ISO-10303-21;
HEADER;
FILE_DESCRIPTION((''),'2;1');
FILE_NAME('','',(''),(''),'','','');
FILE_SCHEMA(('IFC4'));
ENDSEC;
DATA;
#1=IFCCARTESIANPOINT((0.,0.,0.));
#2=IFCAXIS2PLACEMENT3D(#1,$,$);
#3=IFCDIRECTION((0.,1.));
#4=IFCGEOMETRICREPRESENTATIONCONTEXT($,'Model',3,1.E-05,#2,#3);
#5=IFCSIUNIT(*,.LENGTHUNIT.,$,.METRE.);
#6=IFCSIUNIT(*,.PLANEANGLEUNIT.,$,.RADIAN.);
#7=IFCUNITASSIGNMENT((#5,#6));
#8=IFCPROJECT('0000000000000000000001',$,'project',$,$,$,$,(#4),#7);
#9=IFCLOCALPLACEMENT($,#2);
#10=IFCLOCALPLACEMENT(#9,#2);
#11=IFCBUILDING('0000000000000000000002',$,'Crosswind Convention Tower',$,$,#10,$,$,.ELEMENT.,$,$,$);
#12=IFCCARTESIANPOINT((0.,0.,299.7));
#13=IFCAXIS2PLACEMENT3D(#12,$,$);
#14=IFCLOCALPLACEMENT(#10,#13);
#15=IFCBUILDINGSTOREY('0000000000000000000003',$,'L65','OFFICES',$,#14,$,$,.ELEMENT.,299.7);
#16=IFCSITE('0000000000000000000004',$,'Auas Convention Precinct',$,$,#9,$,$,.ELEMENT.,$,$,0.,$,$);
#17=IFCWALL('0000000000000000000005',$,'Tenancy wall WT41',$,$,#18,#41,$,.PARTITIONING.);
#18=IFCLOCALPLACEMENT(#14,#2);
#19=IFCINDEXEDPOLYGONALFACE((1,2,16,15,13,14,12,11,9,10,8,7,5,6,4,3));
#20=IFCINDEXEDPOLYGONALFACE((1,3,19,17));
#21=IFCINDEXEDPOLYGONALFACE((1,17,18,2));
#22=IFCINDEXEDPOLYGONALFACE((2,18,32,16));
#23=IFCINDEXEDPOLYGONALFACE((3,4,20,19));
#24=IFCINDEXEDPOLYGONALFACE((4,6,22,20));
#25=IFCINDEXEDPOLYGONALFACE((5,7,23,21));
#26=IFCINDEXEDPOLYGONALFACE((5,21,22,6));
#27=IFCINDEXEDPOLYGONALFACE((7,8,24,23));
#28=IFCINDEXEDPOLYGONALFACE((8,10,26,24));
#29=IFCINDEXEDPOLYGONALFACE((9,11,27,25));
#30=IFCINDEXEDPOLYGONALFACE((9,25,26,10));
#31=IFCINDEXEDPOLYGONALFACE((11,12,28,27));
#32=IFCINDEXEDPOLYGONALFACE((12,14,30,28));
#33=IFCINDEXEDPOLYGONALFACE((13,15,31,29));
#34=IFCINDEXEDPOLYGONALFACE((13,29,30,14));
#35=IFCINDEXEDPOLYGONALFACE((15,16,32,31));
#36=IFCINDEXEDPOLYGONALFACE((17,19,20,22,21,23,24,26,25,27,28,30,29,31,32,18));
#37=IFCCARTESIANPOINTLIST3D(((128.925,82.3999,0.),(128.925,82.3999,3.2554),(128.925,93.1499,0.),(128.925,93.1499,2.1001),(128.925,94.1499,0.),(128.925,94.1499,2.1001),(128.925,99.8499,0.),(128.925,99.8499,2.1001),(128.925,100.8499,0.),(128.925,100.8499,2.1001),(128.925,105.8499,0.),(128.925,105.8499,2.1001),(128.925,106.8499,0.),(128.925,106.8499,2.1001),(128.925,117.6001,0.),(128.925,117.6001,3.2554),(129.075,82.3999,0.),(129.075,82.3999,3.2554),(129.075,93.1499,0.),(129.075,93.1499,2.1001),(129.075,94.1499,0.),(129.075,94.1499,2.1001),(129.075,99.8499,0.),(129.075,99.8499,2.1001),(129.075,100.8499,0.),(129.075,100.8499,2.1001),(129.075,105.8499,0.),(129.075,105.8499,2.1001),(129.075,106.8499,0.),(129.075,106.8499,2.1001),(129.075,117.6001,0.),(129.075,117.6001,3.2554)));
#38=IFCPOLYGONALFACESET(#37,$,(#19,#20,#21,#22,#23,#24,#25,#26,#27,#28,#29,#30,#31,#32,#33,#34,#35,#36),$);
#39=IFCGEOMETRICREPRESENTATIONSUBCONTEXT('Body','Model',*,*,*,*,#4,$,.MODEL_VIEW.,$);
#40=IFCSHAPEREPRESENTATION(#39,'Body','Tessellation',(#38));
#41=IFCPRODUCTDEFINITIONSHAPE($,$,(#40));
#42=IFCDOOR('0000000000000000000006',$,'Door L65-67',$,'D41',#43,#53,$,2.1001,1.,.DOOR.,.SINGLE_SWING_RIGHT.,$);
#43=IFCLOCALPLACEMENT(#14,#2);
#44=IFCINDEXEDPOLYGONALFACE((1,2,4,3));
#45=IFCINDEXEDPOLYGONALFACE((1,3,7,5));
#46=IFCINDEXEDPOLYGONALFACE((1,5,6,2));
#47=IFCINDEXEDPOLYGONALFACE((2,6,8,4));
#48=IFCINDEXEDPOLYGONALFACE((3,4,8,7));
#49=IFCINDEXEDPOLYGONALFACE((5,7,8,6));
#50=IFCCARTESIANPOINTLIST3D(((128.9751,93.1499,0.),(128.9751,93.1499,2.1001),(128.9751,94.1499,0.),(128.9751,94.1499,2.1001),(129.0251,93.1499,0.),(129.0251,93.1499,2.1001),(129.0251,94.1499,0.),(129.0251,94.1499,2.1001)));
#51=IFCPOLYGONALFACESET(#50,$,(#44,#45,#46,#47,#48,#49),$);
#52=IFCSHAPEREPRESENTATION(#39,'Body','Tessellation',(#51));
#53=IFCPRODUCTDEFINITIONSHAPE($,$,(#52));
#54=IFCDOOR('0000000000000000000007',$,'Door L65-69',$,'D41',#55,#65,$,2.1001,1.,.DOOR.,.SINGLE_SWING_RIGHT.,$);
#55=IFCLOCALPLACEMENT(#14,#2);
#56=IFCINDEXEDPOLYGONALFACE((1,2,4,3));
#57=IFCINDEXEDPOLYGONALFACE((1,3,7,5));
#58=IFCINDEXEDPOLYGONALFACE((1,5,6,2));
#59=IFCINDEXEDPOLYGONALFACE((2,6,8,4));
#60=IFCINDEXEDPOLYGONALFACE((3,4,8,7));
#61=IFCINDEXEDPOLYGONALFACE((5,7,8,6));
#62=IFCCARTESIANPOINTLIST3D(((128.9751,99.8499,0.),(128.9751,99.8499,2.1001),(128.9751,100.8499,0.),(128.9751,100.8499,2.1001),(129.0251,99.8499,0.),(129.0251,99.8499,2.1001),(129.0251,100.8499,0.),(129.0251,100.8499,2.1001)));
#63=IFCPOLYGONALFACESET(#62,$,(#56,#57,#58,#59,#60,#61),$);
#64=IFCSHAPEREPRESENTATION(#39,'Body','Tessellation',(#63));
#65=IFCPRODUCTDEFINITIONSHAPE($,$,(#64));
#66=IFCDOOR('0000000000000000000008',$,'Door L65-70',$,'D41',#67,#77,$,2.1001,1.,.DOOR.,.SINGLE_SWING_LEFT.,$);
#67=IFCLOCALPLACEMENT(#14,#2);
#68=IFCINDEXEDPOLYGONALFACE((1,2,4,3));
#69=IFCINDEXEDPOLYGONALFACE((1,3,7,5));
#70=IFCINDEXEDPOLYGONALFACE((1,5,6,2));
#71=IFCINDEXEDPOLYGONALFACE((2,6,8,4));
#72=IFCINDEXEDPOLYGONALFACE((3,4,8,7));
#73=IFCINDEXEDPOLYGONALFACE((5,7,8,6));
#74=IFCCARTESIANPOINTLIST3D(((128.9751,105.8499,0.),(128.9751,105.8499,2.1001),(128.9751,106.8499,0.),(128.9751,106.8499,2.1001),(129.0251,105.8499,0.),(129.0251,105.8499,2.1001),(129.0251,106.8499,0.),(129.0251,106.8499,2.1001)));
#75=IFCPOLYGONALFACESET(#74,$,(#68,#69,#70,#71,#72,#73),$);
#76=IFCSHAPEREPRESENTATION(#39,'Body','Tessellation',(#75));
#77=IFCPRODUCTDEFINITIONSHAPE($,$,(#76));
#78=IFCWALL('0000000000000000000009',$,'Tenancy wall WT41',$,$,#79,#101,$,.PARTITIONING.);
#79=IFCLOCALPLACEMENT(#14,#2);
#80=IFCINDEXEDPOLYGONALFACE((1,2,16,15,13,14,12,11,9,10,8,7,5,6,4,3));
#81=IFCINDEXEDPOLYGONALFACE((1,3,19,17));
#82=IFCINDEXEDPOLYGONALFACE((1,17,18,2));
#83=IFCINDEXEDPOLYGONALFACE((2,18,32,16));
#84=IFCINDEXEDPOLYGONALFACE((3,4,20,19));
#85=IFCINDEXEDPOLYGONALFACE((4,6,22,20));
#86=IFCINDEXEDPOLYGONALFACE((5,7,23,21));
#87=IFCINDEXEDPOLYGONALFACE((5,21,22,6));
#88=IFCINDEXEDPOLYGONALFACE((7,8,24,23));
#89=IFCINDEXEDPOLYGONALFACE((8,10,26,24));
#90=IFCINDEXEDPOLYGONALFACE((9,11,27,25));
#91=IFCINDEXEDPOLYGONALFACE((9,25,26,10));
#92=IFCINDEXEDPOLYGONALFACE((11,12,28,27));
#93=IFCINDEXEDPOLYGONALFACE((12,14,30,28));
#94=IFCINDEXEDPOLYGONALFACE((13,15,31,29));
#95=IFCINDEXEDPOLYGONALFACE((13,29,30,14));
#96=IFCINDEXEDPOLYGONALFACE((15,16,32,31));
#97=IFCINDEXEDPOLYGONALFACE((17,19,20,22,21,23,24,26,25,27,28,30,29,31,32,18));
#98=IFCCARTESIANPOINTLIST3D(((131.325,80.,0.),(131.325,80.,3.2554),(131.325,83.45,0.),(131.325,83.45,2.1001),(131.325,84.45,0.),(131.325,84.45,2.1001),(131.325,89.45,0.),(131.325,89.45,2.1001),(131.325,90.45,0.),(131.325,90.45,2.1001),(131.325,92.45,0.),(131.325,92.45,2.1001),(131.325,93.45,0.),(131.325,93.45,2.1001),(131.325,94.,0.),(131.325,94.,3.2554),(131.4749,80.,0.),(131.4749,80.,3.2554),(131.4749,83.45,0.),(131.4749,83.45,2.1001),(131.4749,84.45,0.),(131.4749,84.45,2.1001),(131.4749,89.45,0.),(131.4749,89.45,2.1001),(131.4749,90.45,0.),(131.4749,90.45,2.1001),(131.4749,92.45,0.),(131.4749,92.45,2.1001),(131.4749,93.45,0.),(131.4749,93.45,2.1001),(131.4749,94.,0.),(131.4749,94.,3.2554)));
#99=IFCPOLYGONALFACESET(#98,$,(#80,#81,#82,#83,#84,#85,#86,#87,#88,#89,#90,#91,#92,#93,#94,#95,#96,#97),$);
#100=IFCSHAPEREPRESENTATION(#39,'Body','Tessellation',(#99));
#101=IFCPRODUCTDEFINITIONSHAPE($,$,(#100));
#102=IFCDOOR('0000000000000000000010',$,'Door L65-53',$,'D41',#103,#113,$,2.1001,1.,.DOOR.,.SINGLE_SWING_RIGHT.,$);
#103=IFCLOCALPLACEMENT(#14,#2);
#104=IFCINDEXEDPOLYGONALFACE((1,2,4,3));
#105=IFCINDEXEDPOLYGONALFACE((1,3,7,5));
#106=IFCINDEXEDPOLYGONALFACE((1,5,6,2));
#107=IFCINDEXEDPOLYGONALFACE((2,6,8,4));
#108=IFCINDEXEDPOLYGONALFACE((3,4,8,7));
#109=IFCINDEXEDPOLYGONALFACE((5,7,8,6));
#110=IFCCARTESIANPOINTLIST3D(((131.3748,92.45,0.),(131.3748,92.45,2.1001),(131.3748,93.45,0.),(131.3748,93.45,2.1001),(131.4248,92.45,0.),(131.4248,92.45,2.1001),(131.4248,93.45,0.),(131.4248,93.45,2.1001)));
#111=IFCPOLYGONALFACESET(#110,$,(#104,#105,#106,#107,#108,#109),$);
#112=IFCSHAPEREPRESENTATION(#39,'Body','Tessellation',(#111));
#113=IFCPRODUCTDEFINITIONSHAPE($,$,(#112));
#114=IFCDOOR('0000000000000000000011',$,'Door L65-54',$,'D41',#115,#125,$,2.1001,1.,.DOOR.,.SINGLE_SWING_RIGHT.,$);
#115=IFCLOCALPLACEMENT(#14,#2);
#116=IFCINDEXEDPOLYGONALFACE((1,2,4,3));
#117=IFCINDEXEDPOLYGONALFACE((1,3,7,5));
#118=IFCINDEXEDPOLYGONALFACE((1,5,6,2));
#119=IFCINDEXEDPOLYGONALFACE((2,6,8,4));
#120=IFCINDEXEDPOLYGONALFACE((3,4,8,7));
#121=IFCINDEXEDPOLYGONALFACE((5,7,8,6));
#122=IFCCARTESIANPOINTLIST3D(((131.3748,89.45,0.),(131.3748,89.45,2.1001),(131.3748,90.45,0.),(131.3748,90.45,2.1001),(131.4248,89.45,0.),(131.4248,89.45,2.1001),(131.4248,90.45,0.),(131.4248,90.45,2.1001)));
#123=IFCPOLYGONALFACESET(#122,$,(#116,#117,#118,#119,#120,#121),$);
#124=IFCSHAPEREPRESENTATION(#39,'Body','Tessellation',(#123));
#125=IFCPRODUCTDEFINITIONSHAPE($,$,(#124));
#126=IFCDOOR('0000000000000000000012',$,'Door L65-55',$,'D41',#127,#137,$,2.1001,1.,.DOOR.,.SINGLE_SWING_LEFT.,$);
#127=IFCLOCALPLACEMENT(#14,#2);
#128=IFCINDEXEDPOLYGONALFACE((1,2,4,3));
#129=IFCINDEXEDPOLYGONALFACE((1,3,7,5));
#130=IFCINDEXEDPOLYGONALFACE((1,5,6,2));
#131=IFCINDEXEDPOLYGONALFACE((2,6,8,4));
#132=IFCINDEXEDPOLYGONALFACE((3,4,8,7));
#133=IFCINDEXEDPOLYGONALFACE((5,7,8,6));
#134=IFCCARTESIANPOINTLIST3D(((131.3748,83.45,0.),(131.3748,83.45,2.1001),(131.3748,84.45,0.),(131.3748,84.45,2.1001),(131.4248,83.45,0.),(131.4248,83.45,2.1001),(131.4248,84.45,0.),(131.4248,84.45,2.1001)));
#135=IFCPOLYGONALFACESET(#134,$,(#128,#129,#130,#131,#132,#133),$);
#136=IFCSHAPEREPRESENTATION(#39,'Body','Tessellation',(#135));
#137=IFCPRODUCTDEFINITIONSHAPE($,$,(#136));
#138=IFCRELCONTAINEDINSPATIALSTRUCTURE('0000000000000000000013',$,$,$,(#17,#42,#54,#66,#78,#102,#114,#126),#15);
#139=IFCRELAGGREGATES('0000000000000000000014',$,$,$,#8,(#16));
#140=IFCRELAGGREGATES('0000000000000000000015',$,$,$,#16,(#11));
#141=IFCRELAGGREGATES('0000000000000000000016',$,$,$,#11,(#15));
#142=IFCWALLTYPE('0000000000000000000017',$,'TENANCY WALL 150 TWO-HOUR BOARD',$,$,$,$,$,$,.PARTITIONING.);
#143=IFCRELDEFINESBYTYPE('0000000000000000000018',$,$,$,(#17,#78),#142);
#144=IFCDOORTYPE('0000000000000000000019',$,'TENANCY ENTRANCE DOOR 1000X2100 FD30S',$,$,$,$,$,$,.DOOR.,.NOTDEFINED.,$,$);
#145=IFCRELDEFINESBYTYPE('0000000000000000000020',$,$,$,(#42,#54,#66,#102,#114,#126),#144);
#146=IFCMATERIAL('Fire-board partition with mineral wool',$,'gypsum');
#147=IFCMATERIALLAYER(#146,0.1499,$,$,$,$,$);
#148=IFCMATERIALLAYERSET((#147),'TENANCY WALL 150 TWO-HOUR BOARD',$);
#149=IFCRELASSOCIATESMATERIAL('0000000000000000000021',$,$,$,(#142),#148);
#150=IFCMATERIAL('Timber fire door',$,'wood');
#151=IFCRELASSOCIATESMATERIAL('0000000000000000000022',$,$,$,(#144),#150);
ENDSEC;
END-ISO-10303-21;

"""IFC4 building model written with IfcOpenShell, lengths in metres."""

from ifc_helpers import new_model, si_unit, direction, frame, frame_2d, origin, place, context, subcontext, project, spatial, rectangle, extrude, material, layer, layer_set, type_object, element, fill, save


model = new_model("IFC4")

# Units and contexts
model_context = context("Model", 3, precision=1e-05, world=origin(), true_north=direction((0.0, 1.0)))
body_context = subcontext(model_context, "Body", "Model", "MODEL_VIEW")
ifc_project = project(units=[si_unit("LENGTHUNIT", "METRE"), si_unit("PLANEANGLEUNIT", "RADIAN")], contexts=[model_context])

# Site, building, storey
site_placement = place(None, origin())
site = spatial("IfcSite", under=ifc_project, at=site_placement, Name="Auas Convention Precinct", CompositionType="ELEMENT", RefElevation=0.0)
building_placement = place(site_placement, origin())
building = spatial("IfcBuilding", under=site, at=building_placement, Name="Crosswind Convention Tower", CompositionType="ELEMENT")
storey_placement = place(building_placement, frame((0.0, 0.0, 299.7)))
storey = spatial("IfcBuildingStorey", under=building, at=storey_placement, Name="L65", Description="OFFICES", CompositionType="ELEMENT", Elevation=299.7)

# Walls, openings, doors
ifc_material_1 = material(Name="Fire-board partition with mineral wool", Category="gypsum")
ifc_layer_1 = layer(ifc_material_1, 0.1499)
ifc_layer_set_1 = layer_set([ifc_layer_1], Name="TENANCY WALL 150 TWO-HOUR BOARD")
wall_type_1 = type_object("IfcWallType", Name="TENANCY WALL 150 TWO-HOUR BOARD", PredefinedType="PARTITIONING", material=ifc_layer_set_1)
wall_1_placement = place(storey_placement, frame((129.0, 82.3999, 0.0), z_axis=(0.0, 0.0, 1.0), x_axis=(0.0, 1.0, 0.0)))
wall_1 = element("IfcWall", 1, at=wall_1_placement, inside=storey, type_object=wall_type_1, Name="Tenancy wall WT41", PredefinedType="PARTITIONING", context=body_context, shape_type="SweptSolid", body=[
    extrude(rectangle(XDim=35.2002, YDim=0.1499, at=frame_2d((17.6001, 0.0))), origin(), (0.0, 0.0, 1.0), 3.2554),
])
opening_1_placement = place(wall_1_placement, frame((10.75, 0.0, 0.0)))
opening_1 = element("IfcOpeningElement", 2, at=opening_1_placement, cuts=wall_1, PredefinedType="OPENING", context=body_context, shape_type="SweptSolid", body=[
    extrude(rectangle(XDim=1.0, YDim=2.1001, at=frame_2d((0.5, 1.05))), frame((0.0, 0.085, 0.0), z_axis=(0.0, -1.0, 0.0), x_axis=(1.0, 0.0, 0.0)), (0.0, 0.0, 1.0), 0.1699),
])
opening_2_placement = place(wall_1_placement, frame((17.45, 0.0, 0.0)))
opening_2 = element("IfcOpeningElement", 3, at=opening_2_placement, cuts=wall_1, PredefinedType="OPENING", context=body_context, shape_type="SweptSolid", body=[
    extrude(rectangle(XDim=1.0, YDim=2.1001, at=frame_2d((0.5, 1.05))), frame((0.0, 0.085, 0.0), z_axis=(0.0, -1.0, 0.0), x_axis=(1.0, 0.0, 0.0)), (0.0, 0.0, 1.0), 0.1699),
])
opening_3_placement = place(wall_1_placement, frame((23.45, 0.0, 0.0)))
opening_3 = element("IfcOpeningElement", 4, at=opening_3_placement, cuts=wall_1, PredefinedType="OPENING", context=body_context, shape_type="SweptSolid", body=[
    extrude(rectangle(XDim=1.0, YDim=2.1001, at=frame_2d((0.5, 1.05))), frame((0.0, 0.085, 0.0), z_axis=(0.0, -1.0, 0.0), x_axis=(1.0, 0.0, 0.0)), (0.0, 0.0, 1.0), 0.1699),
])
ifc_material_2 = material(Name="Timber fire door", Category="wood")
door_type = type_object("IfcDoorType", Name="TENANCY ENTRANCE DOOR 1000X2100 FD30S", OperationType="NOTDEFINED", PredefinedType="DOOR", material=ifc_material_2)
door_1_placement = place(opening_1_placement, origin())
door_1 = element("IfcDoor", 5, at=door_1_placement, inside=storey, type_object=door_type, Name="Door L65-67", ObjectType="D41", OperationType="SINGLE_SWING_RIGHT", OverallHeight=2.1001, OverallWidth=1.0, PredefinedType="DOOR", context=body_context, shape_type="SweptSolid", body=[
    extrude(rectangle(XDim=1.0, YDim=2.1001, at=frame_2d((0.5, 1.05))), frame((0.0, 0.0249, 0.0), z_axis=(0.0, -1.0, 0.0), x_axis=(1.0, 0.0, 0.0)), (0.0, 0.0, 1.0), 0.05),
])
fill(opening_1, door_1)
door_2_placement = place(opening_2_placement, origin())
door_2 = element("IfcDoor", 6, at=door_2_placement, inside=storey, type_object=door_type, Name="Door L65-69", ObjectType="D41", OperationType="SINGLE_SWING_RIGHT", OverallHeight=2.1001, OverallWidth=1.0, PredefinedType="DOOR", context=body_context, shape_type="SweptSolid", body=[
    extrude(rectangle(XDim=1.0, YDim=2.1001, at=frame_2d((0.5, 1.05))), frame((0.0, 0.0249, 0.0), z_axis=(0.0, -1.0, 0.0), x_axis=(1.0, 0.0, 0.0)), (0.0, 0.0, 1.0), 0.05),
])
fill(opening_2, door_2)
door_3_placement = place(opening_3_placement, origin())
door_3 = element("IfcDoor", 7, at=door_3_placement, inside=storey, type_object=door_type, Name="Door L65-70", ObjectType="D41", OperationType="SINGLE_SWING_LEFT", OverallHeight=2.1001, OverallWidth=1.0, PredefinedType="DOOR", context=body_context, shape_type="SweptSolid", body=[
    extrude(rectangle(XDim=1.0, YDim=2.1001, at=frame_2d((0.5, 1.05))), frame((0.0, 0.0249, 0.0), z_axis=(0.0, -1.0, 0.0), x_axis=(1.0, 0.0, 0.0)), (0.0, 0.0, 1.0), 0.05),
])
fill(opening_3, door_3)
wall_2_placement = place(storey_placement, frame((131.3999, 80.0, 0.0), z_axis=(0.0, 0.0, 1.0), x_axis=(0.0, 1.0, 0.0)))
wall_2 = element("IfcWall", 8, at=wall_2_placement, inside=storey, type_object=wall_type_1, Name="Tenancy wall WT41", PredefinedType="PARTITIONING", context=body_context, shape_type="SweptSolid", body=[
    extrude(rectangle(XDim=14.0, YDim=0.1499, at=frame_2d((7.0, 0.0))), origin(), (0.0, 0.0, 1.0), 3.2554),
])
opening_4_placement = place(wall_2_placement, frame((12.45, 0.0, 0.0)))
opening_4 = element("IfcOpeningElement", 9, at=opening_4_placement, cuts=wall_2, PredefinedType="OPENING", context=body_context, shape_type="SweptSolid", body=[
    extrude(rectangle(XDim=1.0, YDim=2.1001, at=frame_2d((0.5, 1.05))), frame((0.0, 0.085, 0.0), z_axis=(0.0, -1.0, 0.0), x_axis=(1.0, 0.0, 0.0)), (0.0, 0.0, 1.0), 0.1699),
])
opening_5_placement = place(wall_2_placement, frame((9.45, 0.0, 0.0)))
opening_5 = element("IfcOpeningElement", 10, at=opening_5_placement, cuts=wall_2, PredefinedType="OPENING", context=body_context, shape_type="SweptSolid", body=[
    extrude(rectangle(XDim=1.0, YDim=2.1001, at=frame_2d((0.5, 1.05))), frame((0.0, 0.085, 0.0), z_axis=(0.0, -1.0, 0.0), x_axis=(1.0, 0.0, 0.0)), (0.0, 0.0, 1.0), 0.1699),
])
opening_6_placement = place(wall_2_placement, frame((3.45, 0.0, 0.0)))
opening_6 = element("IfcOpeningElement", 11, at=opening_6_placement, cuts=wall_2, PredefinedType="OPENING", context=body_context, shape_type="SweptSolid", body=[
    extrude(rectangle(XDim=1.0, YDim=2.1001, at=frame_2d((0.5, 1.05))), frame((0.0, 0.085, 0.0), z_axis=(0.0, -1.0, 0.0), x_axis=(1.0, 0.0, 0.0)), (0.0, 0.0, 1.0), 0.1699),
])
door_4_placement = place(opening_4_placement, frame((1.0, 0.0, 0.0), z_axis=(0.0, 0.0, 1.0), x_axis=(-1.0, 0.0, 0.0)))
door_4 = element("IfcDoor", 12, at=door_4_placement, inside=storey, type_object=door_type, Name="Door L65-53", ObjectType="D41", OperationType="SINGLE_SWING_RIGHT", OverallHeight=2.1001, OverallWidth=1.0, PredefinedType="DOOR", context=body_context, shape_type="SweptSolid", body=[
    extrude(rectangle(XDim=1.0, YDim=2.1001, at=frame_2d((0.5, 1.05))), frame((0.0, 0.0249, 0.0), z_axis=(0.0, -1.0, 0.0), x_axis=(1.0, 0.0, 0.0)), (0.0, 0.0, 1.0), 0.05),
])
fill(opening_4, door_4)
door_5_placement = place(opening_5_placement, frame((1.0, 0.0, 0.0), z_axis=(0.0, 0.0, 1.0), x_axis=(-1.0, 0.0, 0.0)))
door_5 = element("IfcDoor", 13, at=door_5_placement, inside=storey, type_object=door_type, Name="Door L65-54", ObjectType="D41", OperationType="SINGLE_SWING_RIGHT", OverallHeight=2.1001, OverallWidth=1.0, PredefinedType="DOOR", context=body_context, shape_type="SweptSolid", body=[
    extrude(rectangle(XDim=1.0, YDim=2.1001, at=frame_2d((0.5, 1.05))), frame((0.0, 0.0249, 0.0), z_axis=(0.0, -1.0, 0.0), x_axis=(1.0, 0.0, 0.0)), (0.0, 0.0, 1.0), 0.05),
])
fill(opening_5, door_5)
door_6_placement = place(opening_6_placement, frame((1.0, 0.0, 0.0), z_axis=(0.0, 0.0, 1.0), x_axis=(-1.0, 0.0, 0.0)))
door_6 = element("IfcDoor", 14, at=door_6_placement, inside=storey, type_object=door_type, Name="Door L65-55", ObjectType="D41", OperationType="SINGLE_SWING_LEFT", OverallHeight=2.1001, OverallWidth=1.0, PredefinedType="DOOR", context=body_context, shape_type="SweptSolid", body=[
    extrude(rectangle(XDim=1.0, YDim=2.1001, at=frame_2d((0.5, 1.05))), frame((0.0, 0.0249, 0.0), z_axis=(0.0, -1.0, 0.0), x_axis=(1.0, 0.0, 0.0)), (0.0, 0.0, 1.0), 0.05),
])
fill(opening_6, door_6)

save(model, "model.ifc")
